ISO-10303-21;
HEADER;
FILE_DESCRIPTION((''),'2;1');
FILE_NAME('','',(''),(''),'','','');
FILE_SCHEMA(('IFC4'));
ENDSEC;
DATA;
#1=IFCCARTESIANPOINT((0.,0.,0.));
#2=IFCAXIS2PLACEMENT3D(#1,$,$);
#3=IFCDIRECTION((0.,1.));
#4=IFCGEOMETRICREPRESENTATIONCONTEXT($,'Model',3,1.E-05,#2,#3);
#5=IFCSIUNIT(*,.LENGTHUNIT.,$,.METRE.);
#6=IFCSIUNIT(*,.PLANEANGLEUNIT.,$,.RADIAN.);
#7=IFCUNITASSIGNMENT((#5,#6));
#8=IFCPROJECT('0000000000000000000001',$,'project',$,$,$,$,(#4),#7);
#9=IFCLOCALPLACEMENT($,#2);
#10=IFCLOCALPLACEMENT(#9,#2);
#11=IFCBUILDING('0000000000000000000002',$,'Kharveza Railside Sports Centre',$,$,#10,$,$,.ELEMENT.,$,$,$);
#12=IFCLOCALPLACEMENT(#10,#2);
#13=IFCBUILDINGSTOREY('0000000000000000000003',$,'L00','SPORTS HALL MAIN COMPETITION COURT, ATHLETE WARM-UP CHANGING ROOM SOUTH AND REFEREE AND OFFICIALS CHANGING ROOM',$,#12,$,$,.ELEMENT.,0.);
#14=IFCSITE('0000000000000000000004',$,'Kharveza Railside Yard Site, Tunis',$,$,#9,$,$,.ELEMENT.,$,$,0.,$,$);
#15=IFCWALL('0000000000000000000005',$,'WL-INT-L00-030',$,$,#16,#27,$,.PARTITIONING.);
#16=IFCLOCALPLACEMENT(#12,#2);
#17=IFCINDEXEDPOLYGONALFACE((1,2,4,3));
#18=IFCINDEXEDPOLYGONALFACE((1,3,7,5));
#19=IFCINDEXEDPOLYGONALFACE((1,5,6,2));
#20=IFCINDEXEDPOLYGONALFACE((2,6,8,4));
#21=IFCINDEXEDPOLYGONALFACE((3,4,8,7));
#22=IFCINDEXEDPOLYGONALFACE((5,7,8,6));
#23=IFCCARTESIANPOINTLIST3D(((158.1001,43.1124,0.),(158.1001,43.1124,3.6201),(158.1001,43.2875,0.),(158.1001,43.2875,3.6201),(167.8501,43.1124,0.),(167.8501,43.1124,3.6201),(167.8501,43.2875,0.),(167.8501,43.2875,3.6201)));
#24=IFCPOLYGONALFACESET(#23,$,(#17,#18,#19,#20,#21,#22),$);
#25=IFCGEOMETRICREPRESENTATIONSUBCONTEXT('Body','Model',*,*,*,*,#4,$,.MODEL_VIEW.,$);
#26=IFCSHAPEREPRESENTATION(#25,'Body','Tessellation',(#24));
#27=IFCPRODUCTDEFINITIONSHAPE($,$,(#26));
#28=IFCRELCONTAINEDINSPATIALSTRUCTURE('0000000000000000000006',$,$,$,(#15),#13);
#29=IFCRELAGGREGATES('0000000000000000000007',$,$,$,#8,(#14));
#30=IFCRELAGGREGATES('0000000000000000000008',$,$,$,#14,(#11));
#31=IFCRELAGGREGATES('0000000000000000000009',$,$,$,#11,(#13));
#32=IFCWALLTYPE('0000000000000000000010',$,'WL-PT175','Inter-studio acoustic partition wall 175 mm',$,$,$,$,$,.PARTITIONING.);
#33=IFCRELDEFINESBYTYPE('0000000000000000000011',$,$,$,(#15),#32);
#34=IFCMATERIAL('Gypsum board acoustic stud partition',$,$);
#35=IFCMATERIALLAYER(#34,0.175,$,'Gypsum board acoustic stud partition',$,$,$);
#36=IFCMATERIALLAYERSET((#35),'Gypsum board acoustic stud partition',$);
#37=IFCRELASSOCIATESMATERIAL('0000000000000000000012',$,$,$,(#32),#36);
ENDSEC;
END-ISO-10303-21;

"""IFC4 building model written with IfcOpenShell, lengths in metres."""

from ifc_helpers import new_model, si_unit, direction, frame, frame_2d, origin, place, context, subcontext, project, spatial, rectangle, extrude, material, layer, layer_set, type_object, element, save


model = new_model("IFC4")

# Units and contexts
model_context = context("Model", 3, precision=1e-05, world=origin(), true_north=direction((0.0, 1.0)))
body_context = subcontext(model_context, "Body", "Model", "MODEL_VIEW")
ifc_project = project(units=[si_unit("LENGTHUNIT", "METRE"), si_unit("PLANEANGLEUNIT", "RADIAN")], contexts=[model_context])

# Site, building, storey
site_placement = place(None, origin())
site = spatial("IfcSite", under=ifc_project, at=site_placement, Name="Kharveza Railside Yard Site, Tunis", CompositionType="ELEMENT", RefElevation=0.0)
building_placement = place(site_placement, origin())
building = spatial("IfcBuilding", under=site, at=building_placement, Name="Kharveza Railside Sports Centre", CompositionType="ELEMENT")
storey_placement = place(building_placement, origin())
storey = spatial("IfcBuildingStorey", under=building, at=storey_placement, Name="L00", Description="SPORTS HALL MAIN COMPETITION COURT, ATHLETE WARM-UP CHANGING ROOM SOUTH AND REFEREE AND OFFICIALS CHANGING ROOM", CompositionType="ELEMENT", Elevation=0.0)

# Shared definitions
ifc_material_1 = material(Name="Gypsum board acoustic stud partition")
ifc_layer_1 = layer(ifc_material_1, 0.175, Name="Gypsum board acoustic stud partition")
ifc_layer_set_1 = layer_set([ifc_layer_1], Name="Gypsum board acoustic stud partition")
wall_type_1 = type_object("IfcWallType", Name="WL-PT175", Description="Inter-studio acoustic partition wall 175 mm", PredefinedType="PARTITIONING", material=ifc_layer_set_1)

# Wall
wall_1_placement = place(storey_placement, frame((158.1001, 43.2, 0.0), z_axis=(0.0, 0.0, 1.0), x_axis=(1.0, 0.0, 0.0)))
element("IfcWall", 1, at=wall_1_placement, inside=storey, type_object=wall_type_1, Name="WL-INT-L00-030", PredefinedType="PARTITIONING", context=body_context, shape_type="SweptSolid", body=[
    extrude(rectangle(XDim=9.75, YDim=0.175, at=frame_2d((4.875, 0.0))), origin(), (0.0, 0.0, 1.0), 3.6201),
])

save(model, "model.ifc")
